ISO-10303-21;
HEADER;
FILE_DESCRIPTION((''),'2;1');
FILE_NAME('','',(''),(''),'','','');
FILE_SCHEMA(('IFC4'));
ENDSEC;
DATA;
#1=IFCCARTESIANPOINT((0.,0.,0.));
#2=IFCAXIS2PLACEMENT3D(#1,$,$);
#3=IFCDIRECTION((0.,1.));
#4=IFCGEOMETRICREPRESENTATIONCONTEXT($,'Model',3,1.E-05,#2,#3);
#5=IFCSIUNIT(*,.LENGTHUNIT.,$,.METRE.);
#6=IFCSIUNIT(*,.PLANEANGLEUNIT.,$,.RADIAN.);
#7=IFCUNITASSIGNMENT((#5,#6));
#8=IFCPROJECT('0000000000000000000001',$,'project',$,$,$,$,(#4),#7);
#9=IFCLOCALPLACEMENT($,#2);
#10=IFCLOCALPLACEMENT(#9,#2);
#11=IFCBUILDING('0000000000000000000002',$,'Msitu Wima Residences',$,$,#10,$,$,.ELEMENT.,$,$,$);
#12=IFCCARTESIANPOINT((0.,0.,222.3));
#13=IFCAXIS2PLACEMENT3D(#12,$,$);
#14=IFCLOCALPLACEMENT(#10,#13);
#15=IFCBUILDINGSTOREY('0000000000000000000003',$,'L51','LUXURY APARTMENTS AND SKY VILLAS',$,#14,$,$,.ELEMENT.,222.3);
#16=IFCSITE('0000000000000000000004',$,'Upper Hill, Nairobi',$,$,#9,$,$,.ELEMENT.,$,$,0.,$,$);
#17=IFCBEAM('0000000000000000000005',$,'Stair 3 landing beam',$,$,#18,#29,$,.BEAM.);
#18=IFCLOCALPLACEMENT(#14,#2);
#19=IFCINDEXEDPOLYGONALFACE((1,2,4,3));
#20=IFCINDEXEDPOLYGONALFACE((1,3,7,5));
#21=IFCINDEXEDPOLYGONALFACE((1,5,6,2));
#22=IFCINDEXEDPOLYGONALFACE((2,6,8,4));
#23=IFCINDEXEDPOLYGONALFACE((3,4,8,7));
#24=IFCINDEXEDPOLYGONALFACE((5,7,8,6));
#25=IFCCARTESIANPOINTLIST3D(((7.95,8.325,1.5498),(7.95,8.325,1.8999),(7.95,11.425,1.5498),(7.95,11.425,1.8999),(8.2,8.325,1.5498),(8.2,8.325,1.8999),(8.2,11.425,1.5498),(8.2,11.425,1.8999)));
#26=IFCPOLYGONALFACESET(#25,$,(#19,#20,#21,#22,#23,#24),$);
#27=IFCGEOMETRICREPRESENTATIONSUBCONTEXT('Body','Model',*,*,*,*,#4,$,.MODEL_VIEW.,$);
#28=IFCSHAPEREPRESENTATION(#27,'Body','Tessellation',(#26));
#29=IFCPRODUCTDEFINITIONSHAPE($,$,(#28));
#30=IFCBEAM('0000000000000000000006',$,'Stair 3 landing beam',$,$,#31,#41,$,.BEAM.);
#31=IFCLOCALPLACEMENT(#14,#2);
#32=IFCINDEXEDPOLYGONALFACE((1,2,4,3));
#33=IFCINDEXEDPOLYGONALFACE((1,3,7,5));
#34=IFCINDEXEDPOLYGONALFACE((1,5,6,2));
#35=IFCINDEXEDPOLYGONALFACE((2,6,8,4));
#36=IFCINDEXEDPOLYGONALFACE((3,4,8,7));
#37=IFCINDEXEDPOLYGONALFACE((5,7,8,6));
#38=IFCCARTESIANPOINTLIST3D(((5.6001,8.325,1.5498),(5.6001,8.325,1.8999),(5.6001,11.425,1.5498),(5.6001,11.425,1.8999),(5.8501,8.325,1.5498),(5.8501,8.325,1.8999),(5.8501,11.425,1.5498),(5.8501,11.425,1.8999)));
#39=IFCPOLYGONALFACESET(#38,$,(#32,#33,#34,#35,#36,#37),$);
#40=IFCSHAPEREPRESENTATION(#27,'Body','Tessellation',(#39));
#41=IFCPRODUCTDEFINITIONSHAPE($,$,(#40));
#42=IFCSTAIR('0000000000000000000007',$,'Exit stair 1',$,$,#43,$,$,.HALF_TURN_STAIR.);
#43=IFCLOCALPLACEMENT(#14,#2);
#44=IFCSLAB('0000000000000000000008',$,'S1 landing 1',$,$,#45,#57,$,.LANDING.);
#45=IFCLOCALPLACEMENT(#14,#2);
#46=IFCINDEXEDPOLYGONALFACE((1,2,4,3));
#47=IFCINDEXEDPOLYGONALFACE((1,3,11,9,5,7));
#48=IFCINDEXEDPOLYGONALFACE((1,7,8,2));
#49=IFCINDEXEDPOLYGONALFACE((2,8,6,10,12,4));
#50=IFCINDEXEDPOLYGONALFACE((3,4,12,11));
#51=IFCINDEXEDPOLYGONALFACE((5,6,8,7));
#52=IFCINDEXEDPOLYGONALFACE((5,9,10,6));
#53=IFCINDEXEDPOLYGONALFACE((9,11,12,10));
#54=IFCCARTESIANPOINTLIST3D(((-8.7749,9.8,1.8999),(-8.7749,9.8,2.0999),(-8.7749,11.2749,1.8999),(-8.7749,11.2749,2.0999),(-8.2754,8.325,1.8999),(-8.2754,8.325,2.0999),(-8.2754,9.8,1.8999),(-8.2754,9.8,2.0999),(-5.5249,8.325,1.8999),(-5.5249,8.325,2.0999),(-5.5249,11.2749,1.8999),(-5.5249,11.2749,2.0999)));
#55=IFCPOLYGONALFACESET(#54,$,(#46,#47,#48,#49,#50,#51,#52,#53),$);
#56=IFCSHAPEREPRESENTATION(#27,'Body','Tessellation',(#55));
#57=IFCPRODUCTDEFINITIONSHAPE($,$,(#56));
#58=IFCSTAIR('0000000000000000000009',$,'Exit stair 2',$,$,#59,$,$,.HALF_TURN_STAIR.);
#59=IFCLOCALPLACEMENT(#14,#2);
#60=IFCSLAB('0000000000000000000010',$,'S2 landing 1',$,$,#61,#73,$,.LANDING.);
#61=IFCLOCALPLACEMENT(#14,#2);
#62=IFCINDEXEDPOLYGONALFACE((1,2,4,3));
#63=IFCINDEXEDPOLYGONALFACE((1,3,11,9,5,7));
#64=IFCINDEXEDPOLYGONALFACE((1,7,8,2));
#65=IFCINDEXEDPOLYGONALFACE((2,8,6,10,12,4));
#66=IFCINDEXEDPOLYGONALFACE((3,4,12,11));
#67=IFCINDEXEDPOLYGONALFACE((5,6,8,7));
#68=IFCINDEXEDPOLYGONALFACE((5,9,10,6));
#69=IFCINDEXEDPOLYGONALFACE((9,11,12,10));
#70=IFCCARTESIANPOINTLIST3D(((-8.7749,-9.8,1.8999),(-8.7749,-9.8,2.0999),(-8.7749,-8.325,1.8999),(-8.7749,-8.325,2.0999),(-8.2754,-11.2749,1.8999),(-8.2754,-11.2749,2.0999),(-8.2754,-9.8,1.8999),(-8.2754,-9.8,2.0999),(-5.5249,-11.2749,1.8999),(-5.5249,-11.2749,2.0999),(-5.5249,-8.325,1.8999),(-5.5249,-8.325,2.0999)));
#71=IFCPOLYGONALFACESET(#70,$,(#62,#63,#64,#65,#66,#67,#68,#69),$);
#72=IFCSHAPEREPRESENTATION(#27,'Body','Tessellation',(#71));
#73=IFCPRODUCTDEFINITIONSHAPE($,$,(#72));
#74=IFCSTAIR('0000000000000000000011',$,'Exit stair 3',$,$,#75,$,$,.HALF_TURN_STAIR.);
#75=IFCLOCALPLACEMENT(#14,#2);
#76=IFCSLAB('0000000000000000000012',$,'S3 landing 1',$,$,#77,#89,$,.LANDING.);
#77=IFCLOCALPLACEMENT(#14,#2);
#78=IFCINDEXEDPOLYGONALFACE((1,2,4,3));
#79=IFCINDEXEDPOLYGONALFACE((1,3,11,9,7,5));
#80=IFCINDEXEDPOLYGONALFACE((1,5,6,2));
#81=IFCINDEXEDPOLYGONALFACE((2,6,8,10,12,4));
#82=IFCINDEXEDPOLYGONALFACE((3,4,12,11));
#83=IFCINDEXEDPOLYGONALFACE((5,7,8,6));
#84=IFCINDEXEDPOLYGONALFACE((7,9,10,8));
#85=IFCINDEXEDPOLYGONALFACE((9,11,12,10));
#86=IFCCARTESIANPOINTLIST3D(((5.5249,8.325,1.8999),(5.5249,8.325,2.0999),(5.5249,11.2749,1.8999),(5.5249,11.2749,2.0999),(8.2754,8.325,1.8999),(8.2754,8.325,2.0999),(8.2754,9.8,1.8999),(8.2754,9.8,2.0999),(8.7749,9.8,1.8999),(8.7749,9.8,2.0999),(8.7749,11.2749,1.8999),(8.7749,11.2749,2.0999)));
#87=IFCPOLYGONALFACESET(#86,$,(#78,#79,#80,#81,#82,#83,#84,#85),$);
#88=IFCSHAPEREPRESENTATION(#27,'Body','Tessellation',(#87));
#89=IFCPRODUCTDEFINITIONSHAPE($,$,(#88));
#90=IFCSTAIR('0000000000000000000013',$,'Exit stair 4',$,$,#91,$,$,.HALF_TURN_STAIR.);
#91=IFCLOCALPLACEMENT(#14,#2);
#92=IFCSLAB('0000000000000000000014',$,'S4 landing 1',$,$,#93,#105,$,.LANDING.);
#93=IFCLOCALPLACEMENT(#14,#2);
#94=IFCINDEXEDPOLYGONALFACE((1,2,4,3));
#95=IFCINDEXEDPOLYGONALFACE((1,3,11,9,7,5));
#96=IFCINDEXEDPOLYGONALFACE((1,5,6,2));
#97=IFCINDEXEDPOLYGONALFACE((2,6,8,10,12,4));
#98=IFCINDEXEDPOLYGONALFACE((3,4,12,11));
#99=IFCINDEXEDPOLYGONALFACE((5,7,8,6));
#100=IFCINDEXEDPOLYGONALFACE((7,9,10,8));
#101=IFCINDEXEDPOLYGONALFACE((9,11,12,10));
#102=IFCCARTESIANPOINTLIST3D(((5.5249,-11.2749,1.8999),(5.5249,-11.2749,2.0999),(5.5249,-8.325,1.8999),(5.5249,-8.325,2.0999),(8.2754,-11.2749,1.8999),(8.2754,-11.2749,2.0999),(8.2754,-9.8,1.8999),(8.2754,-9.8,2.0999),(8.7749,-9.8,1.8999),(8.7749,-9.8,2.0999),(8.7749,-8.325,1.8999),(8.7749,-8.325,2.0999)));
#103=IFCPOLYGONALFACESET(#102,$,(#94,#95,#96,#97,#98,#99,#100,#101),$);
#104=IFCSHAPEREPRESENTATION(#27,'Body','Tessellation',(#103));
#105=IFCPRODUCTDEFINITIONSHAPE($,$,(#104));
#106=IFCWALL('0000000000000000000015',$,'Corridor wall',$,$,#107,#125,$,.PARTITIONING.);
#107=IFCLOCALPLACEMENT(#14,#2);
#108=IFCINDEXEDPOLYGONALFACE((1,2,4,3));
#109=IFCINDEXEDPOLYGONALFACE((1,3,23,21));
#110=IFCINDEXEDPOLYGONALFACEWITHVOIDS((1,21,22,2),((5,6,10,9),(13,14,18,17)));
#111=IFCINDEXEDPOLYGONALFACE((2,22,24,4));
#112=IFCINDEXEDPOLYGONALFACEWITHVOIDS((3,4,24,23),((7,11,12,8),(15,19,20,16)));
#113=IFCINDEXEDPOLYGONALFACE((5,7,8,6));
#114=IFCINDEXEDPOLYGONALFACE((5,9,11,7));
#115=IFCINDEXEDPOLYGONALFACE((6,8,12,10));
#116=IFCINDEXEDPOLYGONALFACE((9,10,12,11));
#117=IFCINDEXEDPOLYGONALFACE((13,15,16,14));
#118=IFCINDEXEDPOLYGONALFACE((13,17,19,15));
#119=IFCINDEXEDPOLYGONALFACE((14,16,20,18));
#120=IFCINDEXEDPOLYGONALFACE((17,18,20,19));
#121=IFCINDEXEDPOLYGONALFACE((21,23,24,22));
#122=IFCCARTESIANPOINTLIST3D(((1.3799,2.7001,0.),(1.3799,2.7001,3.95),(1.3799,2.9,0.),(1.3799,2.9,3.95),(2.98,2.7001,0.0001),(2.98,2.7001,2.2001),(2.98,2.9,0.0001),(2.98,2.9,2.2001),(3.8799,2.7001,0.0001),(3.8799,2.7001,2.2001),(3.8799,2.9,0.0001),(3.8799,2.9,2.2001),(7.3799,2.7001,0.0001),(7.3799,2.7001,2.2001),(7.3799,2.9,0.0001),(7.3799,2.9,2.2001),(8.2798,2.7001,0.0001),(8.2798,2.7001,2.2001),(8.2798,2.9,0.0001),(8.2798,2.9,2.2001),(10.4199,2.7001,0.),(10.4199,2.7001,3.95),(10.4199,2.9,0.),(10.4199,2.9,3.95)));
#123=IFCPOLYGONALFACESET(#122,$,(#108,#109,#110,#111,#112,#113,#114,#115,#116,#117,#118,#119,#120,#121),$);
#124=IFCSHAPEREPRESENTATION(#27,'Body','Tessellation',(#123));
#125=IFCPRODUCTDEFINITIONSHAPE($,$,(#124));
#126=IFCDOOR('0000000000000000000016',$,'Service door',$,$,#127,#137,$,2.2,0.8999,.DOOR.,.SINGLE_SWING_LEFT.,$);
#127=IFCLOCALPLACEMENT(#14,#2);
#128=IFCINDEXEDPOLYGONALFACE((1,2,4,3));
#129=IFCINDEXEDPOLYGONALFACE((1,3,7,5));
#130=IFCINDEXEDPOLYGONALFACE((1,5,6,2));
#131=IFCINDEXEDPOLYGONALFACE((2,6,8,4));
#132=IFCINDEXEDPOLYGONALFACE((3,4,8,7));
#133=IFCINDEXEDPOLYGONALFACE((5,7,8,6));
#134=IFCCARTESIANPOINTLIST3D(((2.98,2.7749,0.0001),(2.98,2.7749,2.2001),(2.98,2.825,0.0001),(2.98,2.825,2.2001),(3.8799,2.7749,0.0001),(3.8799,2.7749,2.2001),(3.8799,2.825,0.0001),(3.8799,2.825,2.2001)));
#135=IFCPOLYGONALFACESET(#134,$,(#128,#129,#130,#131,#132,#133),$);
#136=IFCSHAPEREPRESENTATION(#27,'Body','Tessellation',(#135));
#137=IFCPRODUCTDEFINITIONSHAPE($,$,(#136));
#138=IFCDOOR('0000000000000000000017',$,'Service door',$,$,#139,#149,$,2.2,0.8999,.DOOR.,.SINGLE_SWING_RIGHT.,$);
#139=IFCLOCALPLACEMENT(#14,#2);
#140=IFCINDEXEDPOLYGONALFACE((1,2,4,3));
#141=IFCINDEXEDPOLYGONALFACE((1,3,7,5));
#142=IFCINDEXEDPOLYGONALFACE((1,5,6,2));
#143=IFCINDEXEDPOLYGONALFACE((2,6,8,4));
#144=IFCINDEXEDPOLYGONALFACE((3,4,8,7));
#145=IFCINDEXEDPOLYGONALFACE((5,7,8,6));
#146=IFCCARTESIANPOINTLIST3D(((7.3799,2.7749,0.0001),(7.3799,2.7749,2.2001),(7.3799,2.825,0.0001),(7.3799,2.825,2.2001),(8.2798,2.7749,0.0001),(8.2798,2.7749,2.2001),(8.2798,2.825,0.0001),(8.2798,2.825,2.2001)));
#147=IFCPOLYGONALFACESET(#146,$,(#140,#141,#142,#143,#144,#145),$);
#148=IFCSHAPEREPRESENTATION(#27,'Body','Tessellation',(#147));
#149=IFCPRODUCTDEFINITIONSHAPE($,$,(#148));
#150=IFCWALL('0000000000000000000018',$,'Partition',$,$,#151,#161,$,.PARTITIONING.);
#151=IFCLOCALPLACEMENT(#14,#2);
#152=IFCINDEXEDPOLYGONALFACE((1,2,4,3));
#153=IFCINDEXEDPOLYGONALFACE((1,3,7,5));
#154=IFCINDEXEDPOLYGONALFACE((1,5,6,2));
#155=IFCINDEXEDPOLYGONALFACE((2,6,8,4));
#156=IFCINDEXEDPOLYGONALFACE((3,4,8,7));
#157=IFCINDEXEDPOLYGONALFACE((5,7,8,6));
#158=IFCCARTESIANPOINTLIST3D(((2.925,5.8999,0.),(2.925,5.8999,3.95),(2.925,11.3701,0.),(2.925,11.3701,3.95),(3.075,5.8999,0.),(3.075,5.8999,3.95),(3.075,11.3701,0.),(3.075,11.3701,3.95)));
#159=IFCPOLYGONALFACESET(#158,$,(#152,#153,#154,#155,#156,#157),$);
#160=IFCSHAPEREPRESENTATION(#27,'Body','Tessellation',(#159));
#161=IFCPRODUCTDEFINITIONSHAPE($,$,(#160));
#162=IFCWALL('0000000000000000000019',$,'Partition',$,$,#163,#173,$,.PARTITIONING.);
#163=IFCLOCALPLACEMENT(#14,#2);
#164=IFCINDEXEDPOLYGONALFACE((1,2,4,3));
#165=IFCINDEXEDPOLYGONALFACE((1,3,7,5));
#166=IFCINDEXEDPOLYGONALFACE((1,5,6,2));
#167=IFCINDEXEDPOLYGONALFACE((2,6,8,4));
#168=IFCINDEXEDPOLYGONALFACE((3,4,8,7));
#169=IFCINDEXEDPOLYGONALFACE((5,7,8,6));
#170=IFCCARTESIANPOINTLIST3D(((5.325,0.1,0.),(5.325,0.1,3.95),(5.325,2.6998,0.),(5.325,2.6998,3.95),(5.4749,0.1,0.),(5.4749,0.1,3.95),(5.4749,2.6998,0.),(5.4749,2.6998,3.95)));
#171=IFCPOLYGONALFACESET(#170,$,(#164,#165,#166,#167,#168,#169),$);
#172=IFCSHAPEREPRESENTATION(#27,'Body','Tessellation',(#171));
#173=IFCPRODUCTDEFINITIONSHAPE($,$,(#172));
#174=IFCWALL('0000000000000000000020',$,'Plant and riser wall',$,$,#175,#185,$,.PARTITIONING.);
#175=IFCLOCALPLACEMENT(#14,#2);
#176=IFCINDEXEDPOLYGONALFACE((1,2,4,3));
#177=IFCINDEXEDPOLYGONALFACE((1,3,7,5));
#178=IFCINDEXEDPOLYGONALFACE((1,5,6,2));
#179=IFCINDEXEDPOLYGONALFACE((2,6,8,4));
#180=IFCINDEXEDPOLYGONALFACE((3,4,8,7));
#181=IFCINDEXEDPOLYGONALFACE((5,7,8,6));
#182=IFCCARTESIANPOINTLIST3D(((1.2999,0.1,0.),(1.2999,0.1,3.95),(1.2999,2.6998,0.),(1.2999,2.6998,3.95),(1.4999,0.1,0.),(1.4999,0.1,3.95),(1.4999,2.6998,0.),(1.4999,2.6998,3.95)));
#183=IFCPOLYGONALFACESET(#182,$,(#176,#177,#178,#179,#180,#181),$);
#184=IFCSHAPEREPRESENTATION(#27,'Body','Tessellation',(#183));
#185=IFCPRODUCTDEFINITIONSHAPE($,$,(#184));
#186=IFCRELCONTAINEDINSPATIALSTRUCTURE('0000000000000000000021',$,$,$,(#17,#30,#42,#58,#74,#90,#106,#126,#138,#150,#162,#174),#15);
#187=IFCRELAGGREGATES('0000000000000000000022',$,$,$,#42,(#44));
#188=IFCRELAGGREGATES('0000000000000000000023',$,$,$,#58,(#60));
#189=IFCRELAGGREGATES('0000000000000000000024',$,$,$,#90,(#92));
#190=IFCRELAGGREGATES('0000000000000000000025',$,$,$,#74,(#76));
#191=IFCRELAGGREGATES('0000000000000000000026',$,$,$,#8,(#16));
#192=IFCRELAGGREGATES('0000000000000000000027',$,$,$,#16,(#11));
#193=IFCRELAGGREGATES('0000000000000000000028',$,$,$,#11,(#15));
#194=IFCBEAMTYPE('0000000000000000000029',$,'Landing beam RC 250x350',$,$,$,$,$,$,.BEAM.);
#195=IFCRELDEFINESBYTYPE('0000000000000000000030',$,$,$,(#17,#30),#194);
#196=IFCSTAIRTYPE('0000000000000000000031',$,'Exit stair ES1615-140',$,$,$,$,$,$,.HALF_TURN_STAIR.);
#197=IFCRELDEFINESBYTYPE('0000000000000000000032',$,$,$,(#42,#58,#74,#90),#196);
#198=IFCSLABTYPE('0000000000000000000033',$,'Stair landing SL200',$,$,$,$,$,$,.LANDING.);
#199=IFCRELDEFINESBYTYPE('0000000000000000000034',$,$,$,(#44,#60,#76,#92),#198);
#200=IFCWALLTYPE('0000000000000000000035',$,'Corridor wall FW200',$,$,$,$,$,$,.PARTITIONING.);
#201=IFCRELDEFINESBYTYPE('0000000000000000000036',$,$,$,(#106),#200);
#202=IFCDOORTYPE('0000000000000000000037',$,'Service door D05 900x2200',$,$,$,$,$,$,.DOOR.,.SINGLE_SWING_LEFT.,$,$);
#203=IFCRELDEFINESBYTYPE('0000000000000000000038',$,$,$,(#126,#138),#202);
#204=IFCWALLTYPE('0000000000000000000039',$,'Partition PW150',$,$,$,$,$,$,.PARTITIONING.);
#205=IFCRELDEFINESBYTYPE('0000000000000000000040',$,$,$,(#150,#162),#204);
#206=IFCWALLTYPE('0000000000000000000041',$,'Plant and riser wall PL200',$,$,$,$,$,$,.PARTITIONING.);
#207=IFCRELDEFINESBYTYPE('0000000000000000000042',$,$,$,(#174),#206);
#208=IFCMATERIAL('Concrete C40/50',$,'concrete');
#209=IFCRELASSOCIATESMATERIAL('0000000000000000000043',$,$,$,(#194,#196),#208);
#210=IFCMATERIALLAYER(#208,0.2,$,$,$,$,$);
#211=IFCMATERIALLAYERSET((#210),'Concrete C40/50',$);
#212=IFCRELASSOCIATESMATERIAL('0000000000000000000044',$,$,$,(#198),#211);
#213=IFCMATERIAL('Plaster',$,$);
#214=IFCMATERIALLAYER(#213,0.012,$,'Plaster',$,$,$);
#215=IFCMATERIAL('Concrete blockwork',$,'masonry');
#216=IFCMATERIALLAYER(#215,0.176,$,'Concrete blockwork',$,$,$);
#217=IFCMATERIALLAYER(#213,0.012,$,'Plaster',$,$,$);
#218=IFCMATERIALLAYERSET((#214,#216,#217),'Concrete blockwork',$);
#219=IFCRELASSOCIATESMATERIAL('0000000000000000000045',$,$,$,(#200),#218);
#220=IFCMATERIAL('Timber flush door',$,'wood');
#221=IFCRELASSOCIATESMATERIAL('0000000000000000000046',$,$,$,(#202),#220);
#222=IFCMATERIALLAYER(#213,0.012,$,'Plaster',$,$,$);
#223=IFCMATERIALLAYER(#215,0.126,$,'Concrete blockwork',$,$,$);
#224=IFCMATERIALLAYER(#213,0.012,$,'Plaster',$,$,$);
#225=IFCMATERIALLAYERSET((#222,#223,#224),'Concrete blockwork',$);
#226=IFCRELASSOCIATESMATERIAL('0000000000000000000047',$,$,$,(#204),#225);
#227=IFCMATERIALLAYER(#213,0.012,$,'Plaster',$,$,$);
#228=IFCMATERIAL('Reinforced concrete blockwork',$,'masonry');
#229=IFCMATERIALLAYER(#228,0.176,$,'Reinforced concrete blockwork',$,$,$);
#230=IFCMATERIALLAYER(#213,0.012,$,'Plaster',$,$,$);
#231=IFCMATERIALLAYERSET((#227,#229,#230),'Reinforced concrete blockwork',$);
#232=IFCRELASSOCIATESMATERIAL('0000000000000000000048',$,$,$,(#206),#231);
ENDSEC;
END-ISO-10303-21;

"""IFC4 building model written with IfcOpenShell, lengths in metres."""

from ifc_helpers import new_model, si_unit, direction, frame, frame_2d, origin, origin_2d, place, context, subcontext, project, spatial, polyline, rectangle, outline, extrude, material, layer, layer_set, material_profile, profile_set, type_object, element, fill, aggregate, save


model = new_model("IFC4")

# Units and contexts
model_context = context("Model", 3, precision=1e-05, world=origin(), true_north=direction((0.0, 1.0)))
body_context = subcontext(model_context, "Body", "Model", "MODEL_VIEW")
ifc_project = project(units=[si_unit("LENGTHUNIT", "METRE"), si_unit("PLANEANGLEUNIT", "RADIAN")], contexts=[model_context])

# Site, building, storey
site_placement = place(None, origin())
site = spatial("IfcSite", under=ifc_project, at=site_placement, Name="Upper Hill, Nairobi", CompositionType="ELEMENT", RefElevation=0.0)
building_placement = place(site_placement, origin())
building = spatial("IfcBuilding", under=site, at=building_placement, Name="Msitu Wima Residences", CompositionType="ELEMENT")
storey_placement = place(building_placement, frame((0.0, 0.0, 222.3)))
storey = spatial("IfcBuildingStorey", under=building, at=storey_placement, Name="L51", Description="LUXURY APARTMENTS AND SKY VILLAS", CompositionType="ELEMENT", Elevation=222.3)

# Beams
ifc_material_1 = material(Name="Concrete C40/50", Category="concrete")
ifc_material_profile = material_profile(ifc_material_1, rectangle(XDim=0.25, YDim=0.3501, at=origin_2d()), Name="RC 250x350")
ifc_profile_set = profile_set([ifc_material_profile], Name="Concrete C40/50")
beam_type = type_object("IfcBeamType", Name="Landing beam RC 250x350", PredefinedType="BEAM", material=ifc_profile_set)
for number, where, z_axis, x_axis, name in (
    (1, (8.075, 8.325, 1.7249), (0.0, 1.0, 0.0), (-1.0, 0.0, 0.0), "Stair 3 landing beam"),
    (2, (5.7251, 8.325, 1.7249), (0.0, 1.0, 0.0), (-1.0, 0.0, 0.0), "Stair 3 landing beam"),
):
    element("IfcBeam", number, at=place(storey_placement, frame(where, z_axis=z_axis, x_axis=x_axis)), inside=storey, type_object=beam_type, Name=name, PredefinedType="BEAM", context=body_context, shape_type="SweptSolid", body=[
        extrude(rectangle(XDim=0.25, YDim=0.3501, at=origin_2d()), origin(), (0.0, 0.0, 1.0), 3.1001),
    ])

# Stairs, slabs
stair_type = type_object("IfcStairType", Name="Exit stair ES1615-140", PredefinedType="HALF_TURN_STAIR", material=ifc_material_1)
stair_1_placement = place(storey_placement, origin())
stair_1 = element("IfcStair", 3, at=stair_1_placement, inside=storey, type_object=stair_type, Name="Exit stair 1", PredefinedType="HALF_TURN_STAIR")
ifc_layer_1 = layer(ifc_material_1, 0.2)
ifc_layer_set_1 = layer_set([ifc_layer_1], Name="Concrete C40/50")
slab_type = type_object("IfcSlabType", Name="Stair landing SL200", PredefinedType="LANDING", material=ifc_layer_set_1)
slab_1_placement = place(storey_placement, frame((0.0, 0.0, 1.8999)))
slab_1 = element("IfcSlab", 4, at=slab_1_placement, type_object=slab_type, Name="S1 landing 1", PredefinedType="LANDING", context=body_context, shape_type="SweptSolid", body=[
    extrude(outline(polyline([(-5.5249, 8.325), (-8.2754, 8.325), (-8.2754, 9.8), (-8.7749, 9.8), (-8.7749, 11.2749), (-5.5249, 11.2749), (-5.5249, 8.325)])), origin(), (0.0, 0.0, 1.0), 0.2),
])
aggregate(stair_1, [slab_1])
stair_2_placement = place(storey_placement, origin())
stair_2 = element("IfcStair", 5, at=stair_2_placement, inside=storey, type_object=stair_type, Name="Exit stair 2", PredefinedType="HALF_TURN_STAIR")
slab_2_placement = place(storey_placement, frame((0.0, 0.0, 1.8999)))
slab_2 = element("IfcSlab", 6, at=slab_2_placement, type_object=slab_type, Name="S2 landing 1", PredefinedType="LANDING", context=body_context, shape_type="SweptSolid", body=[
    extrude(outline(polyline([(-5.5249, -11.2749), (-8.2754, -11.2749), (-8.2754, -9.8), (-8.7749, -9.8), (-8.7749, -8.325), (-5.5249, -8.325), (-5.5249, -11.2749)])), origin(), (0.0, 0.0, 1.0), 0.2),
])
aggregate(stair_2, [slab_2])
stair_3_placement = place(storey_placement, origin())
stair_3 = element("IfcStair", 7, at=stair_3_placement, inside=storey, type_object=stair_type, Name="Exit stair 3", PredefinedType="HALF_TURN_STAIR")
slab_3_placement = place(storey_placement, frame((0.0, 0.0, 1.8999)))
slab_3 = element("IfcSlab", 8, at=slab_3_placement, type_object=slab_type, Name="S3 landing 1", PredefinedType="LANDING", context=body_context, shape_type="SweptSolid", body=[
    extrude(outline(polyline([(5.5249, 8.325), (8.2754, 8.325), (8.2754, 9.8), (8.7749, 9.8), (8.7749, 11.2749), (5.5249, 11.2749), (5.5249, 8.325)])), origin(), (0.0, 0.0, 1.0), 0.2),
])
stair_4_placement = place(storey_placement, origin())
stair_4 = element("IfcStair", 9, at=stair_4_placement, inside=storey, type_object=stair_type, Name="Exit stair 4", PredefinedType="HALF_TURN_STAIR")
slab_4_placement = place(storey_placement, frame((0.0, 0.0, 1.8999)))
slab_4 = element("IfcSlab", 10, at=slab_4_placement, type_object=slab_type, Name="S4 landing 1", PredefinedType="LANDING", context=body_context, shape_type="SweptSolid", body=[
    extrude(outline(polyline([(5.5249, -11.2749), (8.2754, -11.2749), (8.2754, -9.8), (8.7749, -9.8), (8.7749, -8.325), (5.5249, -8.325), (5.5249, -11.2749)])), origin(), (0.0, 0.0, 1.0), 0.2),
])
aggregate(stair_4, [slab_4])

# Wall, openings, doors
ifc_material_2 = material(Name="Plaster")
ifc_layer_2 = layer(ifc_material_2, 0.012, Name="Plaster")
ifc_material_3 = material(Name="Concrete blockwork", Category="masonry")
ifc_layer_3 = layer(ifc_material_3, 0.176, Name="Concrete blockwork")
ifc_layer_4 = layer(ifc_material_2, 0.012, Name="Plaster")
ifc_layer_set_2 = layer_set([ifc_layer_2, ifc_layer_3, ifc_layer_4], Name="Concrete blockwork")
wall_type_1 = type_object("IfcWallType", Name="Corridor wall FW200", PredefinedType="PARTITIONING", material=ifc_layer_set_2)
wall_1_placement = place(storey_placement, frame((1.3799, 2.8, 0.0), z_axis=(0.0, 0.0, 1.0), x_axis=(1.0, 0.0, 0.0)))
wall_1 = element("IfcWall", 11, at=wall_1_placement, inside=storey, type_object=wall_type_1, Name="Corridor wall", PredefinedType="PARTITIONING", context=body_context, shape_type="SweptSolid", body=[
    extrude(rectangle(XDim=9.04, YDim=0.2, at=frame_2d((4.52, 0.0))), origin(), (0.0, 0.0, 1.0), 3.95),
])
opening_1_placement = place(wall_1_placement, frame((1.6001, 0.0, 0.0)))
opening_1 = element("IfcOpeningElement", 12, at=opening_1_placement, cuts=wall_1, PredefinedType="OPENING", context=body_context, shape_type="SweptSolid", body=[
    extrude(rectangle(XDim=0.8999, YDim=2.2, at=frame_2d((0.45, 1.1001))), frame((0.0, 0.1099, 0.0), z_axis=(0.0, -1.0, 0.0), x_axis=(1.0, 0.0, 0.0)), (0.0, 0.0, 1.0), 0.22),
])
opening_2_placement = place(wall_1_placement, frame((6.0, 0.0, 0.0)))
opening_2 = element("IfcOpeningElement", 13, at=opening_2_placement, cuts=wall_1, PredefinedType="OPENING", context=body_context, shape_type="SweptSolid", body=[
    extrude(rectangle(XDim=0.8999, YDim=2.2, at=frame_2d((0.45, 1.1001))), frame((0.0, 0.1099, 0.0), z_axis=(0.0, -1.0, 0.0), x_axis=(1.0, 0.0, 0.0)), (0.0, 0.0, 1.0), 0.22),
])
ifc_material_4 = material(Name="Timber flush door", Category="wood")
door_type_1 = type_object("IfcDoorType", Name="Service door D05 900x2200", OperationType="SINGLE_SWING_LEFT", PredefinedType="DOOR", material=ifc_material_4)
door_1_placement = place(opening_1_placement, origin())
door_1 = element("IfcDoor", 14, at=door_1_placement, inside=storey, type_object=door_type_1, Name="Service door", OperationType="SINGLE_SWING_LEFT", OverallHeight=2.2, OverallWidth=0.8999, PredefinedType="DOOR", context=body_context, shape_type="SweptSolid", body=[
    extrude(rectangle(XDim=0.8999, YDim=2.2, at=frame_2d((0.45, 1.1001))), frame((0.0, 0.0249, 0.0), z_axis=(0.0, -1.0, 0.0), x_axis=(1.0, 0.0, 0.0)), (0.0, 0.0, 1.0), 0.05),
])
fill(opening_1, door_1)
door_2_placement = place(opening_2_placement, origin())
door_2 = element("IfcDoor", 15, at=door_2_placement, inside=storey, type_object=door_type_1, Name="Service door", OperationType="SINGLE_SWING_RIGHT", OverallHeight=2.2, OverallWidth=0.8999, PredefinedType="DOOR", context=body_context, shape_type="SweptSolid", body=[
    extrude(rectangle(XDim=0.8999, YDim=2.2, at=frame_2d((0.45, 1.1001))), frame((0.0, 0.0249, 0.0), z_axis=(0.0, -1.0, 0.0), x_axis=(1.0, 0.0, 0.0)), (0.0, 0.0, 1.0), 0.05),
])
fill(opening_2, door_2)

# Walls
ifc_layer_5 = layer(ifc_material_2, 0.012, Name="Plaster")
ifc_layer_6 = layer(ifc_material_3, 0.126, Name="Concrete blockwork")
ifc_layer_7 = layer(ifc_material_2, 0.012, Name="Plaster")
ifc_layer_set_3 = layer_set([ifc_layer_5, ifc_layer_6, ifc_layer_7], Name="Concrete blockwork")
wall_type_2 = type_object("IfcWallType", Name="Partition PW150", PredefinedType="PARTITIONING", material=ifc_layer_set_3)
wall_2_placement = place(storey_placement, frame((3.0, 5.8999, 0.0), z_axis=(0.0, 0.0, 1.0), x_axis=(0.0, 1.0, 0.0)))
element("IfcWall", 16, at=wall_2_placement, inside=storey, type_object=wall_type_2, Name="Partition", PredefinedType="PARTITIONING", context=body_context, shape_type="SweptSolid", body=[
    extrude(rectangle(XDim=5.4702, YDim=0.1499, at=frame_2d((2.7351, 0.0))), origin(), (0.0, 0.0, 1.0), 3.95),
])
wall_3_placement = place(storey_placement, frame((5.3999, 0.1001, 0.0), z_axis=(0.0, 0.0, 1.0), x_axis=(0.0, 1.0, 0.0)))
element("IfcWall", 17, at=wall_3_placement, inside=storey, type_object=wall_type_2, Name="Partition", PredefinedType="PARTITIONING", context=body_context, shape_type="SweptSolid", body=[
    extrude(rectangle(XDim=2.5999, YDim=0.1499, at=frame_2d((1.2998, 0.0))), origin(), (0.0, 0.0, 1.0), 3.95),
])
ifc_layer_8 = layer(ifc_material_2, 0.012, Name="Plaster")
ifc_material_5 = material(Name="Reinforced concrete blockwork", Category="masonry")
ifc_layer_9 = layer(ifc_material_5, 0.176, Name="Reinforced concrete blockwork")
ifc_layer_10 = layer(ifc_material_2, 0.012, Name="Plaster")
ifc_layer_set_4 = layer_set([ifc_layer_8, ifc_layer_9, ifc_layer_10], Name="Reinforced concrete blockwork")
wall_type_3 = type_object("IfcWallType", Name="Plant and riser wall PL200", PredefinedType="PARTITIONING", material=ifc_layer_set_4)
wall_4_placement = place(storey_placement, frame((1.3999, 0.1001, 0.0), z_axis=(0.0, 0.0, 1.0), x_axis=(0.0, 1.0, 0.0)))
element("IfcWall", 18, at=wall_4_placement, inside=storey, type_object=wall_type_3, Name="Plant and riser wall", PredefinedType="PARTITIONING", context=body_context, shape_type="SweptSolid", body=[
    extrude(rectangle(XDim=2.5999, YDim=0.2, at=frame_2d((1.2998, 0.0))), origin(), (0.0, 0.0, 1.0), 3.95),
])

aggregate(stair_3, [slab_3])

save(model, "model.ifc")
